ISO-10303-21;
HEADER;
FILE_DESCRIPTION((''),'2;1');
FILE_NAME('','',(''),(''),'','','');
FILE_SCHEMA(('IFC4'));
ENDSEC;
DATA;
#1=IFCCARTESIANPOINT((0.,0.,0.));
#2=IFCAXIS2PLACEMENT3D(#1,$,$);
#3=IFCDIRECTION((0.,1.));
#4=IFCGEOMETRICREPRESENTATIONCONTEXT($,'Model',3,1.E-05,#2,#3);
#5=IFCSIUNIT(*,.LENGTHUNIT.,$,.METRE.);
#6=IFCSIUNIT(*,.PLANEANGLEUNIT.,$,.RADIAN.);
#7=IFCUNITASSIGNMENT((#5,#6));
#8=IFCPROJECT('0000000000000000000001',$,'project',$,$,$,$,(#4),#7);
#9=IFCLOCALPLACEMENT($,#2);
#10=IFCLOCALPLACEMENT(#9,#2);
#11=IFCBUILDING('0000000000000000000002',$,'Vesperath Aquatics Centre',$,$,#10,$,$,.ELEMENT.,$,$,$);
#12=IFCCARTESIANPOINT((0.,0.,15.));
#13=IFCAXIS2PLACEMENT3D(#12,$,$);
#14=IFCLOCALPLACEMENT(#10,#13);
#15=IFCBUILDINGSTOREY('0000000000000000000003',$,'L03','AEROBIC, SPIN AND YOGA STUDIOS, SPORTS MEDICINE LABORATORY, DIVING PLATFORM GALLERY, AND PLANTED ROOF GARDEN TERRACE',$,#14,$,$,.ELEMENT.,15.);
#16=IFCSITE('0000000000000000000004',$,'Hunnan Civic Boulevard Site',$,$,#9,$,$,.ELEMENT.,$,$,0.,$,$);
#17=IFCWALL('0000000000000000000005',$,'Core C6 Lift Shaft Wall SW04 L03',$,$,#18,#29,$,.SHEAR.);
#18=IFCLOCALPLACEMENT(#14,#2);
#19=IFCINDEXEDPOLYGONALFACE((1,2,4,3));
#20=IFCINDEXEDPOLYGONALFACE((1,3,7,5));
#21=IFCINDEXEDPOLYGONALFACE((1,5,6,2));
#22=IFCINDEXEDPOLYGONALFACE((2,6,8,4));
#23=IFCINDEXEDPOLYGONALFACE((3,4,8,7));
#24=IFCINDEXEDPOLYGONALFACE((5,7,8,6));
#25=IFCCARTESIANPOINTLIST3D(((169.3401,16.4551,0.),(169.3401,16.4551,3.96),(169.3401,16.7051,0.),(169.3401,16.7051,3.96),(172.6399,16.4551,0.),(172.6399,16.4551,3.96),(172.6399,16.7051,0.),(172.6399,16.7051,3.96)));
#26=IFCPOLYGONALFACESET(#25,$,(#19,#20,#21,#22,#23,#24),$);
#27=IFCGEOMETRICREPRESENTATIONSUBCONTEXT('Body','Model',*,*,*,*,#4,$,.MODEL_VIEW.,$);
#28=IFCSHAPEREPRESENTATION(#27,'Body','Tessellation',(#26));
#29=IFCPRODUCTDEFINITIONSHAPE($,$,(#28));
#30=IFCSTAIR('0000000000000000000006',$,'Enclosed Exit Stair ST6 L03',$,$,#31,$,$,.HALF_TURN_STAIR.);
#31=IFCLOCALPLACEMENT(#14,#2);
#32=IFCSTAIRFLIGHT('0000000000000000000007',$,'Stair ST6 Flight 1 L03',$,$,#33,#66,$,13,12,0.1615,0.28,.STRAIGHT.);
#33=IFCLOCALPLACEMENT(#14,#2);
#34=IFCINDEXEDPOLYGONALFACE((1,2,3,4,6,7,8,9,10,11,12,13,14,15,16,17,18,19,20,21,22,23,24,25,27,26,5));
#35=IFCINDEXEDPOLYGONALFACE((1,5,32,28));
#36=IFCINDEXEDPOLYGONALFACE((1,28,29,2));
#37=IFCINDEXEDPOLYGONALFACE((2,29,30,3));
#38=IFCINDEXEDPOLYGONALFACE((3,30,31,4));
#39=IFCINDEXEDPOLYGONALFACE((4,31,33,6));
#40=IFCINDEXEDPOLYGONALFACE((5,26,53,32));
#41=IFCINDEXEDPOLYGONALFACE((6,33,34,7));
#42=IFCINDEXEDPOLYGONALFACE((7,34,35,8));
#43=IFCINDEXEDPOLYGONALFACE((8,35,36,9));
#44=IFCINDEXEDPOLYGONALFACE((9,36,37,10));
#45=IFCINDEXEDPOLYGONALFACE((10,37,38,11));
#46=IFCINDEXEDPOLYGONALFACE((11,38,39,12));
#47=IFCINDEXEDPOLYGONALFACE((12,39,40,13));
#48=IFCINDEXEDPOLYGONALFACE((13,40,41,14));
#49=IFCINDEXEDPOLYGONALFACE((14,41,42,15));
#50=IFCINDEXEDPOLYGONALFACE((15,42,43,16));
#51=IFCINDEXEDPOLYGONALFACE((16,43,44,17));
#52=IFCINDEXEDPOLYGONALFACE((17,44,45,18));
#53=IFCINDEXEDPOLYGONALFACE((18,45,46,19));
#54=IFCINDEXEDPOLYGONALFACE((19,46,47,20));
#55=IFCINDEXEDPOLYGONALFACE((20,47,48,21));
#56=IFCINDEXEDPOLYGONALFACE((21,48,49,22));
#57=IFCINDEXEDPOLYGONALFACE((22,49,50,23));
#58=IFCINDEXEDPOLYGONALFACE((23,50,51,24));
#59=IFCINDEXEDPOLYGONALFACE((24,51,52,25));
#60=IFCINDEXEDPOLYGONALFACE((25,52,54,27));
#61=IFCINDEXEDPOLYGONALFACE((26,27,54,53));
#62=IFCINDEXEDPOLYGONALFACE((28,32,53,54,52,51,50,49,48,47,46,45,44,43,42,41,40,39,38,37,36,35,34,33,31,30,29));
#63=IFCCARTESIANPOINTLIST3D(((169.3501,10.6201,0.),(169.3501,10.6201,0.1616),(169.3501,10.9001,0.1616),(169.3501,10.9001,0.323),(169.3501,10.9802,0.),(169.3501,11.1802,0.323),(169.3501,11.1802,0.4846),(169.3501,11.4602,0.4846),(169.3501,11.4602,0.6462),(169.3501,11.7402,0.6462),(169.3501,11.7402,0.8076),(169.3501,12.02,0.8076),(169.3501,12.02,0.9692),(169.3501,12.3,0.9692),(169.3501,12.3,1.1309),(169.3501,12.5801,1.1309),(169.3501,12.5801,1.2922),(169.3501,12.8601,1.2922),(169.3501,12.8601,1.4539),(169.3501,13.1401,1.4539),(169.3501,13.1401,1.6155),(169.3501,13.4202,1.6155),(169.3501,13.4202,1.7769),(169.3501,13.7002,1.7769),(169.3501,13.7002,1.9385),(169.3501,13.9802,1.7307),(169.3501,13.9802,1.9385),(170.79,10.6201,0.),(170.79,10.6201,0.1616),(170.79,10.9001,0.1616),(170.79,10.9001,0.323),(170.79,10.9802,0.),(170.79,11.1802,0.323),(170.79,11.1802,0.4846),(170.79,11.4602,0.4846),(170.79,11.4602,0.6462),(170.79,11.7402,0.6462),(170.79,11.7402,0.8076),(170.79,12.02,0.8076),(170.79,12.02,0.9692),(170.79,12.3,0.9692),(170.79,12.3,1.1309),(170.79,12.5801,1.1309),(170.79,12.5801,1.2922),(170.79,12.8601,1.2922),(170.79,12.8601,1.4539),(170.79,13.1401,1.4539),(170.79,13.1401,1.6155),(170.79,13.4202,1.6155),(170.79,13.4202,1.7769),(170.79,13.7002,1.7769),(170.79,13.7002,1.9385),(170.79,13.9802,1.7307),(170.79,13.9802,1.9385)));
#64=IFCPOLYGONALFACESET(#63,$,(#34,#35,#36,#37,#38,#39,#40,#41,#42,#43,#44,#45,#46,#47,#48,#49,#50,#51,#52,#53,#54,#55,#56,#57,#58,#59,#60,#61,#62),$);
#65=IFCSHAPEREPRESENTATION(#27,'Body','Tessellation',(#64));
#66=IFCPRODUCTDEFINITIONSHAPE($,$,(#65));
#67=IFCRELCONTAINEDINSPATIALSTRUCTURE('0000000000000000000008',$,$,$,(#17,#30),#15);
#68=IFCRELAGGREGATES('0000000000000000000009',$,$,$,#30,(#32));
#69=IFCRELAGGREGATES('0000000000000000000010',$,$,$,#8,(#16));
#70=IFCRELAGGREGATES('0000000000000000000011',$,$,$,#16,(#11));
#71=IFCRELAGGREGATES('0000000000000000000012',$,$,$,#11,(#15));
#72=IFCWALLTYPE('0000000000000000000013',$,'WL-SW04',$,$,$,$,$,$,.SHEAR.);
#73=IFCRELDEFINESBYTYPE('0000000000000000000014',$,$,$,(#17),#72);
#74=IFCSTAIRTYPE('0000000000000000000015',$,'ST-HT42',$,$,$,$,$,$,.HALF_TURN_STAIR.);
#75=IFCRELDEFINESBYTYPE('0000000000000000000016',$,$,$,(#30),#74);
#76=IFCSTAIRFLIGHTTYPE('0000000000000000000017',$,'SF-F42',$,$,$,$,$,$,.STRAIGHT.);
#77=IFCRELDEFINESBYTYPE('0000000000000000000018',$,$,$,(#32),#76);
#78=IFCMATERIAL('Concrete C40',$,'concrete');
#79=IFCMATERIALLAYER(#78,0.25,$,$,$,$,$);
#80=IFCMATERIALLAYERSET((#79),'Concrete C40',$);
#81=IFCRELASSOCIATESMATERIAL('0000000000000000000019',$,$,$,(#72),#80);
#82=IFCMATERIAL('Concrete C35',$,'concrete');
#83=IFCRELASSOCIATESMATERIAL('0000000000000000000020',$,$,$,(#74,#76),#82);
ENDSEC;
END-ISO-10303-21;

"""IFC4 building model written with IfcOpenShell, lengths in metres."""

from ifc_helpers import new_model, si_unit, direction, frame, frame_2d, origin, place, context, subcontext, project, spatial, polyline, rectangle, outline, extrude, material, layer, layer_set, type_object, element, aggregate, save


model = new_model("IFC4")

# Units and contexts
model_context = context("Model", 3, precision=1e-05, world=origin(), true_north=direction((0.0, 1.0)))
body_context = subcontext(model_context, "Body", "Model", "MODEL_VIEW")
ifc_project = project(units=[si_unit("LENGTHUNIT", "METRE"), si_unit("PLANEANGLEUNIT", "RADIAN")], contexts=[model_context])

# Site, building, storey
site_placement = place(None, origin())
site = spatial("IfcSite", under=ifc_project, at=site_placement, Name="Hunnan Civic Boulevard Site", CompositionType="ELEMENT", RefElevation=0.0)
building_placement = place(site_placement, origin())
building = spatial("IfcBuilding", under=site, at=building_placement, Name="Vesperath Aquatics Centre", CompositionType="ELEMENT")
storey_placement = place(building_placement, frame((0.0, 0.0, 15.0)))
storey = spatial("IfcBuildingStorey", under=building, at=storey_placement, Name="L03", Description="AEROBIC, SPIN AND YOGA STUDIOS, SPORTS MEDICINE LABORATORY, DIVING PLATFORM GALLERY, AND PLANTED ROOF GARDEN TERRACE", CompositionType="ELEMENT", Elevation=15.0)

# Shared definitions
ifc_material_1 = material(Name="Concrete C40", Category="concrete")

# Wall
ifc_layer_1 = layer(ifc_material_1, 0.25)
ifc_layer_set_1 = layer_set([ifc_layer_1], Name="Concrete C40")
wall_type_1 = type_object("IfcWallType", Name="WL-SW04", PredefinedType="SHEAR", material=ifc_layer_set_1)
wall_1_placement = place(storey_placement, frame((169.3401, 16.5801, 0.0), z_axis=(0.0, 0.0, 1.0), x_axis=(1.0, 0.0, 0.0)))
element("IfcWall", 1, at=wall_1_placement, inside=storey, type_object=wall_type_1, Name="Core C6 Lift Shaft Wall SW04 L03", PredefinedType="SHEAR", context=body_context, shape_type="SweptSolid", body=[
    extrude(rectangle(XDim=3.2998, YDim=0.25, at=frame_2d((1.6499, 0.0))), origin(), (0.0, 0.0, 1.0), 3.96),
])

# Stair, stair flight
ifc_material_2 = material(Name="Concrete C35", Category="concrete")
stair_type = type_object("IfcStairType", Name="ST-HT42", PredefinedType="HALF_TURN_STAIR", material=ifc_material_2)
stair_placement = place(storey_placement, origin())
stair = element("IfcStair", 2, at=stair_placement, inside=storey, type_object=stair_type, Name="Enclosed Exit Stair ST6 L03", PredefinedType="HALF_TURN_STAIR")
stair_flight_type = type_object("IfcStairFlightType", Name="SF-F42", PredefinedType="STRAIGHT", material=ifc_material_2)
stair_flight_placement = place(storey_placement, frame((170.0701, 10.6201, 0.0), z_axis=(0.0, 0.0, 1.0), x_axis=(0.0, 1.0, 0.0)))
stair_flight = element("IfcStairFlight", 3, at=stair_flight_placement, type_object=stair_flight_type, Name="Stair ST6 Flight 1 L03", NumberOfRisers=13, NumberOfTreads=12, PredefinedType="STRAIGHT", RiserHeight=0.1615, TreadLength=0.28, context=body_context, shape_type="SweptSolid", body=[
    extrude(outline(polyline([(0.0, 0.0), (0.0, 0.1616), (0.28, 0.1616), (0.28, 0.323), (0.5601, 0.323), (0.5601, 0.4846), (0.8401, 0.4846), (0.8401, 0.6462), (1.1201, 0.6462), (1.1201, 0.8076), (1.3999, 0.8076), (1.3999, 0.9692), (1.6799, 0.9692), (1.6799, 1.1309), (1.96, 1.1309), (1.96, 1.2922), (2.24, 1.2922), (2.24, 1.4539), (2.52, 1.4539), (2.52, 1.6155), (2.8, 1.6155), (2.8, 1.7769), (3.0801, 1.7769), (3.0801, 1.9385), (3.3601, 1.9385), (3.3601, 2.1001), (3.3601, 1.7307), (0.3601, 0.0), (0.0, 0.0)])), frame((0.0, 0.72, 0.0), z_axis=(0.0, -1.0, 0.0), x_axis=(1.0, 0.0, 0.0)), (0.0, 0.0, 1.0), 1.4399),
])
aggregate(stair, [stair_flight])

save(model, "model.ifc")
